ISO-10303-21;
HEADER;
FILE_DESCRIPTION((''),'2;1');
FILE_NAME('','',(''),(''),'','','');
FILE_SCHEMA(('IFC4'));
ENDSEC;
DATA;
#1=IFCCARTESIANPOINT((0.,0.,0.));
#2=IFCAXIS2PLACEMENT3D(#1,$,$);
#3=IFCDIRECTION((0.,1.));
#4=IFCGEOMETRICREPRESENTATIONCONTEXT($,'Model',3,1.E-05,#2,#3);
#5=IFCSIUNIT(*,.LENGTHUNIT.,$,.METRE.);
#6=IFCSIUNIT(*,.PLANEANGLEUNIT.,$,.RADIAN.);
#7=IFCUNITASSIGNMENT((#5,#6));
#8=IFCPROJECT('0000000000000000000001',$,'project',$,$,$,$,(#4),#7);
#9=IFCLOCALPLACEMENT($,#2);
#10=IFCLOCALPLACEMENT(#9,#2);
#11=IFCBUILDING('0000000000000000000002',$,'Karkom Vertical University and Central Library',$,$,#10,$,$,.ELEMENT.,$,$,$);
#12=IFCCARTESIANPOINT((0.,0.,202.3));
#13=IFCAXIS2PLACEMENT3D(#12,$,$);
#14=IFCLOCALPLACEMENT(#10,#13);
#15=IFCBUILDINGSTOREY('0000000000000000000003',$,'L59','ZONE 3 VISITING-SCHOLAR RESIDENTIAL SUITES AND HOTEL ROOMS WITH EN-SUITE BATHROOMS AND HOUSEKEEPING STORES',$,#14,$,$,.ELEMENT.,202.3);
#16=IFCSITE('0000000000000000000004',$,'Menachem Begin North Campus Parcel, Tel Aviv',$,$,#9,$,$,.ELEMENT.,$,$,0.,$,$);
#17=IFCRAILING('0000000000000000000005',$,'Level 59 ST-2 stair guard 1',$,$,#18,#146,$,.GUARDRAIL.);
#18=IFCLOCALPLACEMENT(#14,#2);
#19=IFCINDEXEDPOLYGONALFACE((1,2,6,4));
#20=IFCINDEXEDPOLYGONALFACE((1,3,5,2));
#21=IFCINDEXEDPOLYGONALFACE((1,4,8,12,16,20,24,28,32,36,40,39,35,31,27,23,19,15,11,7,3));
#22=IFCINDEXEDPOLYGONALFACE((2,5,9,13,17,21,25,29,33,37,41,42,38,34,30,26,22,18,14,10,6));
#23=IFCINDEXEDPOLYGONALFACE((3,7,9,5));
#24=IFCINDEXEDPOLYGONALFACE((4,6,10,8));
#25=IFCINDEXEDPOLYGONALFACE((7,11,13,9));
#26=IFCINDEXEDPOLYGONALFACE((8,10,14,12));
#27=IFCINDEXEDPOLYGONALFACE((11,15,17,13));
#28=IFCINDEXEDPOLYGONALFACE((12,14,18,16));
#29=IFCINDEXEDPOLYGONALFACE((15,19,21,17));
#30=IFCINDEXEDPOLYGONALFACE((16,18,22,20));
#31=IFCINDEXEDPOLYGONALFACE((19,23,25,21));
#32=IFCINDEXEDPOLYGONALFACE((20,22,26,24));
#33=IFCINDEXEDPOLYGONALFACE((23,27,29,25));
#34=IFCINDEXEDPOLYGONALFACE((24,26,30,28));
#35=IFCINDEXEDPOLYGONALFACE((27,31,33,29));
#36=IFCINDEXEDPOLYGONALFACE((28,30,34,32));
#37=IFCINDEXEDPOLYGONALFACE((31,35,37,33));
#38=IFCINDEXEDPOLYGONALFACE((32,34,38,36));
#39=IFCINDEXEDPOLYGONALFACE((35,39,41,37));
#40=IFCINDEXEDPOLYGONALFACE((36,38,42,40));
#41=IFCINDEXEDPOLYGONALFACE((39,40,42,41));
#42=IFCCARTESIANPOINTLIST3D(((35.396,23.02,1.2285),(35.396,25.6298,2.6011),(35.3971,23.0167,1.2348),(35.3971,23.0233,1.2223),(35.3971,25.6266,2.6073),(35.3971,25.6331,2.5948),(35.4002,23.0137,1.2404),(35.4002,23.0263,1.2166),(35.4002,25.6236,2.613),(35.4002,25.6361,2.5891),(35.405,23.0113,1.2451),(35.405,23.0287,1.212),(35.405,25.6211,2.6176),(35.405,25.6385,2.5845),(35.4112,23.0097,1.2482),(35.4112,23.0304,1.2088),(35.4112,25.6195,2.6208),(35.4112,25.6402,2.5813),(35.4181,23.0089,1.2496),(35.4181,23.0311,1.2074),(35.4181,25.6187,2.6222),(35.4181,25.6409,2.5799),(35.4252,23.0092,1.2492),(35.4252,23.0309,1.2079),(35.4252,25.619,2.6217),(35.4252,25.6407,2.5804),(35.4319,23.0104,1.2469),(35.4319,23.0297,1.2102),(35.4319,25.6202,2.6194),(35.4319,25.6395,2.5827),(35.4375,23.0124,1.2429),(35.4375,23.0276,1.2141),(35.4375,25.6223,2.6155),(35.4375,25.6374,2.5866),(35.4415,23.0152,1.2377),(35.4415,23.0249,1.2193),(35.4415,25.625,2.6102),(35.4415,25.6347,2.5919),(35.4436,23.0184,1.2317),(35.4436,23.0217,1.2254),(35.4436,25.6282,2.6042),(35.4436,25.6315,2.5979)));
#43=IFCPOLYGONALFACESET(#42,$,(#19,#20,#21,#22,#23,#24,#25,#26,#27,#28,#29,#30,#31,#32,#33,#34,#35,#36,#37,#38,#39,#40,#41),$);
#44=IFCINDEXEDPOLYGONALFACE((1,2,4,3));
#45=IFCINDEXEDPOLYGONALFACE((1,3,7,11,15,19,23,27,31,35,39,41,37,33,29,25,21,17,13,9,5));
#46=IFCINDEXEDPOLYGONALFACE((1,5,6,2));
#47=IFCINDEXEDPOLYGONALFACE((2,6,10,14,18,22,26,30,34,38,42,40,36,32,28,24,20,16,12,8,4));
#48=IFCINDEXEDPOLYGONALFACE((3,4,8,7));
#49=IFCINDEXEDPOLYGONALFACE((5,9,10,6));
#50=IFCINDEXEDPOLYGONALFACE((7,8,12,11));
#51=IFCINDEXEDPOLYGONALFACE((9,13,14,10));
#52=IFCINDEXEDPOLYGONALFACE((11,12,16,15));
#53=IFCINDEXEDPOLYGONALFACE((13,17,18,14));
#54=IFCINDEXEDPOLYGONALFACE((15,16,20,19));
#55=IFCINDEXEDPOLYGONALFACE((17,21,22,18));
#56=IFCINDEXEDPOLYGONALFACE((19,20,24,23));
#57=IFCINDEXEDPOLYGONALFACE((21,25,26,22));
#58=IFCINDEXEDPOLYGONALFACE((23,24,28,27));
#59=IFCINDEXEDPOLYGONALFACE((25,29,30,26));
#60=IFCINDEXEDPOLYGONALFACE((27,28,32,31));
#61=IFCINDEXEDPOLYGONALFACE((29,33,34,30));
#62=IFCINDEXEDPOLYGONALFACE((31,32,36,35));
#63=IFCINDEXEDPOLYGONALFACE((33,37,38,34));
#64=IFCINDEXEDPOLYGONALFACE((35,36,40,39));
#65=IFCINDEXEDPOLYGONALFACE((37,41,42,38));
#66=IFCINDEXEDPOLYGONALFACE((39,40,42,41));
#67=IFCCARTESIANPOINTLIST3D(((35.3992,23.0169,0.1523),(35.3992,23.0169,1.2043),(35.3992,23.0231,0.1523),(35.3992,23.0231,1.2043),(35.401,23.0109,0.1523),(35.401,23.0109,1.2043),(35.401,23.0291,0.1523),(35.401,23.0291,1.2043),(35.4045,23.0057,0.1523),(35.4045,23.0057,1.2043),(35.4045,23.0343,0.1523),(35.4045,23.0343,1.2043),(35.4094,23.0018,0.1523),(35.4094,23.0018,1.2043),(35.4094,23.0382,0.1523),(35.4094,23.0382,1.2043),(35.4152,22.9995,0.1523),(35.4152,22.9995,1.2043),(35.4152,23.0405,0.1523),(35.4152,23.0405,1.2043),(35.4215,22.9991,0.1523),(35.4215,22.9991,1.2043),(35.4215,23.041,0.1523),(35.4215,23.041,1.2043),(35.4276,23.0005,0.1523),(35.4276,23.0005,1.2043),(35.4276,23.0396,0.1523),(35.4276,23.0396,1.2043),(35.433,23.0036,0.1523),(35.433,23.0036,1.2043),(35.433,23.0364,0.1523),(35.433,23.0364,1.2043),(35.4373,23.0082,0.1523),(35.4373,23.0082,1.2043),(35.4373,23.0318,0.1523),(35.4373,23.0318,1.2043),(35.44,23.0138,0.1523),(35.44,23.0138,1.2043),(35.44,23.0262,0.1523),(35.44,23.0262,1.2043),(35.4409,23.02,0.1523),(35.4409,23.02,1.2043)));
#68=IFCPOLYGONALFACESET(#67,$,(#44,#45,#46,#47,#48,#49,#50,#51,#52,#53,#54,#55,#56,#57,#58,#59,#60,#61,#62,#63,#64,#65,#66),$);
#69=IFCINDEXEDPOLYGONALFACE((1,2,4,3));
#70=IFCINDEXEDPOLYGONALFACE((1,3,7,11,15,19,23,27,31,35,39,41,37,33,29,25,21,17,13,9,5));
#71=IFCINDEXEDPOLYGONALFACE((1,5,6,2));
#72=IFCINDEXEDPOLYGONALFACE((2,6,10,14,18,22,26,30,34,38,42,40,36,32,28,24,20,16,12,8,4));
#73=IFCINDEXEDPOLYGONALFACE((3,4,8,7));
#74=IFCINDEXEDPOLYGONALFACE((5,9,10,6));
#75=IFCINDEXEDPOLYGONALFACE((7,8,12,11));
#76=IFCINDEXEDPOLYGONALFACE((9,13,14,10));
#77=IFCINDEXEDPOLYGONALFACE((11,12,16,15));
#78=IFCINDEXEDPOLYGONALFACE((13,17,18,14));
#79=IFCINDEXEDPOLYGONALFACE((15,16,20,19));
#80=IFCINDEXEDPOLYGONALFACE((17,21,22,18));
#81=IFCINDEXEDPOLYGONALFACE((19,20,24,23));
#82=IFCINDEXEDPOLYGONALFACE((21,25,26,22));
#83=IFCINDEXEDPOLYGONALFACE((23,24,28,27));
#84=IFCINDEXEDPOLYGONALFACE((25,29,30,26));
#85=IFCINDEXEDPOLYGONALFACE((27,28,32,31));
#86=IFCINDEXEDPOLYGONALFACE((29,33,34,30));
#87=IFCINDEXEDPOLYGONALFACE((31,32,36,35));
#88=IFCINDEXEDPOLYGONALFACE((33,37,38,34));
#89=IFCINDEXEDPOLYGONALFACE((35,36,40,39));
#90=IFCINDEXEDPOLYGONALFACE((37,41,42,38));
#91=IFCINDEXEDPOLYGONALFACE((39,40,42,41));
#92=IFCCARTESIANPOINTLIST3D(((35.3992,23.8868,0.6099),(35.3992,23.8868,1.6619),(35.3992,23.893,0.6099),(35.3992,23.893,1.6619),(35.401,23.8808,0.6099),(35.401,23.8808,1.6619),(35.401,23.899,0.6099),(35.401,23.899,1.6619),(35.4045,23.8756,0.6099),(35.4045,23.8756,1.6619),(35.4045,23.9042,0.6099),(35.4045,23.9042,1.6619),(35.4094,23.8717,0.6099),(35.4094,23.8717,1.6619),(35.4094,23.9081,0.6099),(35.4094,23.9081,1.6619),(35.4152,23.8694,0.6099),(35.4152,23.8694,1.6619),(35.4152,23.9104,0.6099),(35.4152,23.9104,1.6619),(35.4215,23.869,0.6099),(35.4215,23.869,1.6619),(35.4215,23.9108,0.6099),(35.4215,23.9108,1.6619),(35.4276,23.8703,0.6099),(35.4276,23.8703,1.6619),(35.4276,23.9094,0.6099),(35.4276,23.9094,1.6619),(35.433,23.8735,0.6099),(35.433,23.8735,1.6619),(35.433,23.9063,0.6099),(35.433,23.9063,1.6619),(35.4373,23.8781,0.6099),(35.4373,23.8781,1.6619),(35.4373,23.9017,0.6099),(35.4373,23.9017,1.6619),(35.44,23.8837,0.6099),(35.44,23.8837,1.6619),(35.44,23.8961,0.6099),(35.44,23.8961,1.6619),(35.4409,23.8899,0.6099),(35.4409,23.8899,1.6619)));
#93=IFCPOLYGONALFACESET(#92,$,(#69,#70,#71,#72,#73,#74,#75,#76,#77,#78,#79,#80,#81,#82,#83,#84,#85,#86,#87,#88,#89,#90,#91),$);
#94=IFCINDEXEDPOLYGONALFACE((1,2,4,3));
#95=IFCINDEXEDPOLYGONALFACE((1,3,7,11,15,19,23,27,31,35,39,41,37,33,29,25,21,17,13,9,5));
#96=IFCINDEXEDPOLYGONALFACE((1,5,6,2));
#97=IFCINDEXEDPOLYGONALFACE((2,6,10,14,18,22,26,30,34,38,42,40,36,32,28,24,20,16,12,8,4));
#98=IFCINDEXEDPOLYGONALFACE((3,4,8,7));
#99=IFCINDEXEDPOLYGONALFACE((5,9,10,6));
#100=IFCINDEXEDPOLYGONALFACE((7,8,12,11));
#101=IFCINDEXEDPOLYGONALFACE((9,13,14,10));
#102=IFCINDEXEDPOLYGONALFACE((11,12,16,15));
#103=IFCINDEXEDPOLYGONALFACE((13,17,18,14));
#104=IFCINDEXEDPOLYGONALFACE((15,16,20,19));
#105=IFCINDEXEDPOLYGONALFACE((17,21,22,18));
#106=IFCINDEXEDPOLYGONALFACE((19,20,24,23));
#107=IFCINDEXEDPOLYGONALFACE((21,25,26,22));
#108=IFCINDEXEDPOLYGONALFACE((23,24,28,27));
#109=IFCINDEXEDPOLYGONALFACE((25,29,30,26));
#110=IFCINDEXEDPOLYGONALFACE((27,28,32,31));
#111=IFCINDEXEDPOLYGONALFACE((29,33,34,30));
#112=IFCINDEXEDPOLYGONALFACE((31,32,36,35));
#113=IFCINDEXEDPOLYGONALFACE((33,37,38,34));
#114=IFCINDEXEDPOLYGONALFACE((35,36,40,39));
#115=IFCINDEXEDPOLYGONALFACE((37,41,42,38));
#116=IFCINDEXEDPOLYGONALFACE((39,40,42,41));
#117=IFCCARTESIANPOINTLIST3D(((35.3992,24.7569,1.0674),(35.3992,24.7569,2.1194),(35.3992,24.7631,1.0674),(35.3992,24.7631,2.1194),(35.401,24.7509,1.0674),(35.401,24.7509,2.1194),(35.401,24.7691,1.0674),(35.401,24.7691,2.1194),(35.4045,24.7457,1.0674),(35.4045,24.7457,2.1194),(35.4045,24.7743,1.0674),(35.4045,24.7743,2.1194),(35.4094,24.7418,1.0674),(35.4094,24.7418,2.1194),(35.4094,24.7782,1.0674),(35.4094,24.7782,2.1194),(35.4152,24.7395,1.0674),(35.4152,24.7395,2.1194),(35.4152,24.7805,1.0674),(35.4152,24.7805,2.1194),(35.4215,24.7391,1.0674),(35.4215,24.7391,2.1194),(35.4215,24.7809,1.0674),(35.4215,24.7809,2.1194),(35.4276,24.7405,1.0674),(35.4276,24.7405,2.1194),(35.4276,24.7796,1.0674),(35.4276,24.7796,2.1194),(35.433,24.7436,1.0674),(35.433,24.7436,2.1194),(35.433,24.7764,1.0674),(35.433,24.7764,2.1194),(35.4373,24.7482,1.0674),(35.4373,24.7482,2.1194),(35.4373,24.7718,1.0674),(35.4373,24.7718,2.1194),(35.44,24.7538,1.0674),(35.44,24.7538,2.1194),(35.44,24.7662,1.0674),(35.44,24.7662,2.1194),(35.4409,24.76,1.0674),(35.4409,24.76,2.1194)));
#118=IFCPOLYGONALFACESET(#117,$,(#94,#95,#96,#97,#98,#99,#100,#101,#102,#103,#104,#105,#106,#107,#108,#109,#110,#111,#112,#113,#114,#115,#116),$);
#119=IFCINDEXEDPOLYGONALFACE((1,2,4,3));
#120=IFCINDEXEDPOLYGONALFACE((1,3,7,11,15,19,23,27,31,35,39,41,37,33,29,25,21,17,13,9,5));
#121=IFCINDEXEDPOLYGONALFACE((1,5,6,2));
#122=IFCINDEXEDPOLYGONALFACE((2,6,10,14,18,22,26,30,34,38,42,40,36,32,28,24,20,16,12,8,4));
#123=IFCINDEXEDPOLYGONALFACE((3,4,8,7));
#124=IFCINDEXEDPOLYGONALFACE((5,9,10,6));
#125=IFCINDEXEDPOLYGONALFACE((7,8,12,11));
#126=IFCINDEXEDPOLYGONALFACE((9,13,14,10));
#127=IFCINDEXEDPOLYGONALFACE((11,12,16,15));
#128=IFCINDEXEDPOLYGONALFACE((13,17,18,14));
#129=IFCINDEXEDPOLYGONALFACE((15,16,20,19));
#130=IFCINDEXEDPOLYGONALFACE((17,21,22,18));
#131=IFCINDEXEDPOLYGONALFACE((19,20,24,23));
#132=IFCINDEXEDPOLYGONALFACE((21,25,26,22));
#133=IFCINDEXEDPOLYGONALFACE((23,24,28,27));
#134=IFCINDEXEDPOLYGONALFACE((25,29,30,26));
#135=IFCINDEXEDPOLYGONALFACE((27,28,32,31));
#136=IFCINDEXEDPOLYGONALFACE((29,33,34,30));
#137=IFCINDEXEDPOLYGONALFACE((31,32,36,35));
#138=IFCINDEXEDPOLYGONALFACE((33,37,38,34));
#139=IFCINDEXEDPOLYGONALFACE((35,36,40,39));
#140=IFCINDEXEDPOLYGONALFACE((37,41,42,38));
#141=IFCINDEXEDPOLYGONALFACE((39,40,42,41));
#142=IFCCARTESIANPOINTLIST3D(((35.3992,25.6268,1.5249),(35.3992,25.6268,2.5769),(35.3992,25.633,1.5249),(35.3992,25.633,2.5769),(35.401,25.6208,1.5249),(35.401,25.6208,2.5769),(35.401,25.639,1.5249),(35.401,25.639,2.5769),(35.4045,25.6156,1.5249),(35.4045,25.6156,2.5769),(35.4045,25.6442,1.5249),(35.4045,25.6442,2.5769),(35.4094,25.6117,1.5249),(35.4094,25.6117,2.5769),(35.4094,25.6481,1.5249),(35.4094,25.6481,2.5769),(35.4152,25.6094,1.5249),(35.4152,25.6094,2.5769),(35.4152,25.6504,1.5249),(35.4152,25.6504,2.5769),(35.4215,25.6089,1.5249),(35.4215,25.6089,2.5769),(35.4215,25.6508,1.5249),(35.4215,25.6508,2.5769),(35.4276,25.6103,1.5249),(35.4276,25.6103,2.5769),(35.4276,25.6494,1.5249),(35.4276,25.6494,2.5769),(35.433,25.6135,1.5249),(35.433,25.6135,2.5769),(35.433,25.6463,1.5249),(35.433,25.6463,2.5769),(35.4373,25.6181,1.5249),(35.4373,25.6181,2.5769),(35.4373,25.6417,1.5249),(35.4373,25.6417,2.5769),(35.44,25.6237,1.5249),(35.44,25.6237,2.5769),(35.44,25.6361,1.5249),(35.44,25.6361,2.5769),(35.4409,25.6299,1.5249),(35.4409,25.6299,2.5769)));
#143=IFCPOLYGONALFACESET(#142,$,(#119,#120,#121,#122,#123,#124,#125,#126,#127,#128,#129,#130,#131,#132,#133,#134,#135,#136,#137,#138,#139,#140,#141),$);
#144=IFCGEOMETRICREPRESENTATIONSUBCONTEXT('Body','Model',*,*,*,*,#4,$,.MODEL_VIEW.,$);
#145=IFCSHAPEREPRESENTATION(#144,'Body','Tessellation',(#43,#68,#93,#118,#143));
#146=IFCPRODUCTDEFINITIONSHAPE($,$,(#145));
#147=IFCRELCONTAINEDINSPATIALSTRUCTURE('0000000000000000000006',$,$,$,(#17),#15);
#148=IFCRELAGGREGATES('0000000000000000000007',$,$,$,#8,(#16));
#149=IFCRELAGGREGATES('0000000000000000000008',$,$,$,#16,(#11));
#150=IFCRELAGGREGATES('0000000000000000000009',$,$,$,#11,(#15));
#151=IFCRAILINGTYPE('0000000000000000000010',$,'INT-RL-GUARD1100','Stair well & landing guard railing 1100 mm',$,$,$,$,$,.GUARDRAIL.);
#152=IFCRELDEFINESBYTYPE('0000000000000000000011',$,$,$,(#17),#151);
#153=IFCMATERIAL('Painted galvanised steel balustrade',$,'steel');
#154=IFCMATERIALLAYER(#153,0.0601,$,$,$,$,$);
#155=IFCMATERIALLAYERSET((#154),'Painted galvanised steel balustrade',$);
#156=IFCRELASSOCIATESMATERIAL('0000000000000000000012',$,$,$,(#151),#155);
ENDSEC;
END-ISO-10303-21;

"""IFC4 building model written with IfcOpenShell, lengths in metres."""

from ifc_helpers import new_model, si_unit, direction, frame, origin, origin_2d, place, context, subcontext, project, spatial, circle, extrude, material, layer, layer_set, type_object, element, save


model = new_model("IFC4")

# Units and contexts
model_context = context("Model", 3, precision=1e-05, world=origin(), true_north=direction((0.0, 1.0)))
body_context = subcontext(model_context, "Body", "Model", "MODEL_VIEW")
ifc_project = project(units=[si_unit("LENGTHUNIT", "METRE"), si_unit("PLANEANGLEUNIT", "RADIAN")], contexts=[model_context])

# Site, building, storey
site_placement = place(None, origin())
site = spatial("IfcSite", under=ifc_project, at=site_placement, Name="Menachem Begin North Campus Parcel, Tel Aviv", CompositionType="ELEMENT", RefElevation=0.0)
building_placement = place(site_placement, origin())
building = spatial("IfcBuilding", under=site, at=building_placement, Name="Karkom Vertical University and Central Library", CompositionType="ELEMENT")
storey_placement = place(building_placement, frame((0.0, 0.0, 202.3)))
storey = spatial("IfcBuildingStorey", under=building, at=storey_placement, Name="L59", Description="ZONE 3 VISITING-SCHOLAR RESIDENTIAL SUITES AND HOTEL ROOMS WITH EN-SUITE BATHROOMS AND HOUSEKEEPING STORES", CompositionType="ELEMENT", Elevation=202.3)

# Railing
ifc_material_1 = material(Name="Painted galvanised steel balustrade", Category="steel")
ifc_layer_1 = layer(ifc_material_1, 0.0601)
ifc_layer_set_1 = layer_set([ifc_layer_1], Name="Painted galvanised steel balustrade")
railing_type_1 = type_object("IfcRailingType", Name="INT-RL-GUARD1100", Description="Stair well & landing guard railing 1100 mm", PredefinedType="GUARDRAIL", material=ifc_layer_set_1)
railing_1_placement = place(storey_placement, frame((35.4199, 23.02, 0.1523)))
element("IfcRailing", 1, at=railing_1_placement, inside=storey, type_object=railing_type_1, Name="Level 59 ST-2 stair guard 1", PredefinedType="GUARDRAIL", context=body_context, shape_type="SweptSolid", body=[
    extrude(circle(Radius=0.0239, at=origin_2d()), frame((0.0, 0.0, 1.0762), z_axis=(0.0, 0.885065, 0.465467), x_axis=(-1.0, 0.0, 0.0)), (0.0, 0.0, 1.0), 2.9487),
    extrude(circle(Radius=0.021, at=origin_2d()), origin(), (0.0, 0.0, 1.0), 1.052),
    extrude(circle(Radius=0.021, at=origin_2d()), frame((0.0, 0.8699, 0.4575)), (0.0, 0.0, 1.0), 1.052),
    extrude(circle(Radius=0.021, at=origin_2d()), frame((0.0, 1.74, 0.915)), (0.0, 0.0, 1.0), 1.052),
    extrude(circle(Radius=0.021, at=origin_2d()), frame((0.0, 2.6099, 1.3726)), (0.0, 0.0, 1.0), 1.052),
])

save(model, "model.ifc")
